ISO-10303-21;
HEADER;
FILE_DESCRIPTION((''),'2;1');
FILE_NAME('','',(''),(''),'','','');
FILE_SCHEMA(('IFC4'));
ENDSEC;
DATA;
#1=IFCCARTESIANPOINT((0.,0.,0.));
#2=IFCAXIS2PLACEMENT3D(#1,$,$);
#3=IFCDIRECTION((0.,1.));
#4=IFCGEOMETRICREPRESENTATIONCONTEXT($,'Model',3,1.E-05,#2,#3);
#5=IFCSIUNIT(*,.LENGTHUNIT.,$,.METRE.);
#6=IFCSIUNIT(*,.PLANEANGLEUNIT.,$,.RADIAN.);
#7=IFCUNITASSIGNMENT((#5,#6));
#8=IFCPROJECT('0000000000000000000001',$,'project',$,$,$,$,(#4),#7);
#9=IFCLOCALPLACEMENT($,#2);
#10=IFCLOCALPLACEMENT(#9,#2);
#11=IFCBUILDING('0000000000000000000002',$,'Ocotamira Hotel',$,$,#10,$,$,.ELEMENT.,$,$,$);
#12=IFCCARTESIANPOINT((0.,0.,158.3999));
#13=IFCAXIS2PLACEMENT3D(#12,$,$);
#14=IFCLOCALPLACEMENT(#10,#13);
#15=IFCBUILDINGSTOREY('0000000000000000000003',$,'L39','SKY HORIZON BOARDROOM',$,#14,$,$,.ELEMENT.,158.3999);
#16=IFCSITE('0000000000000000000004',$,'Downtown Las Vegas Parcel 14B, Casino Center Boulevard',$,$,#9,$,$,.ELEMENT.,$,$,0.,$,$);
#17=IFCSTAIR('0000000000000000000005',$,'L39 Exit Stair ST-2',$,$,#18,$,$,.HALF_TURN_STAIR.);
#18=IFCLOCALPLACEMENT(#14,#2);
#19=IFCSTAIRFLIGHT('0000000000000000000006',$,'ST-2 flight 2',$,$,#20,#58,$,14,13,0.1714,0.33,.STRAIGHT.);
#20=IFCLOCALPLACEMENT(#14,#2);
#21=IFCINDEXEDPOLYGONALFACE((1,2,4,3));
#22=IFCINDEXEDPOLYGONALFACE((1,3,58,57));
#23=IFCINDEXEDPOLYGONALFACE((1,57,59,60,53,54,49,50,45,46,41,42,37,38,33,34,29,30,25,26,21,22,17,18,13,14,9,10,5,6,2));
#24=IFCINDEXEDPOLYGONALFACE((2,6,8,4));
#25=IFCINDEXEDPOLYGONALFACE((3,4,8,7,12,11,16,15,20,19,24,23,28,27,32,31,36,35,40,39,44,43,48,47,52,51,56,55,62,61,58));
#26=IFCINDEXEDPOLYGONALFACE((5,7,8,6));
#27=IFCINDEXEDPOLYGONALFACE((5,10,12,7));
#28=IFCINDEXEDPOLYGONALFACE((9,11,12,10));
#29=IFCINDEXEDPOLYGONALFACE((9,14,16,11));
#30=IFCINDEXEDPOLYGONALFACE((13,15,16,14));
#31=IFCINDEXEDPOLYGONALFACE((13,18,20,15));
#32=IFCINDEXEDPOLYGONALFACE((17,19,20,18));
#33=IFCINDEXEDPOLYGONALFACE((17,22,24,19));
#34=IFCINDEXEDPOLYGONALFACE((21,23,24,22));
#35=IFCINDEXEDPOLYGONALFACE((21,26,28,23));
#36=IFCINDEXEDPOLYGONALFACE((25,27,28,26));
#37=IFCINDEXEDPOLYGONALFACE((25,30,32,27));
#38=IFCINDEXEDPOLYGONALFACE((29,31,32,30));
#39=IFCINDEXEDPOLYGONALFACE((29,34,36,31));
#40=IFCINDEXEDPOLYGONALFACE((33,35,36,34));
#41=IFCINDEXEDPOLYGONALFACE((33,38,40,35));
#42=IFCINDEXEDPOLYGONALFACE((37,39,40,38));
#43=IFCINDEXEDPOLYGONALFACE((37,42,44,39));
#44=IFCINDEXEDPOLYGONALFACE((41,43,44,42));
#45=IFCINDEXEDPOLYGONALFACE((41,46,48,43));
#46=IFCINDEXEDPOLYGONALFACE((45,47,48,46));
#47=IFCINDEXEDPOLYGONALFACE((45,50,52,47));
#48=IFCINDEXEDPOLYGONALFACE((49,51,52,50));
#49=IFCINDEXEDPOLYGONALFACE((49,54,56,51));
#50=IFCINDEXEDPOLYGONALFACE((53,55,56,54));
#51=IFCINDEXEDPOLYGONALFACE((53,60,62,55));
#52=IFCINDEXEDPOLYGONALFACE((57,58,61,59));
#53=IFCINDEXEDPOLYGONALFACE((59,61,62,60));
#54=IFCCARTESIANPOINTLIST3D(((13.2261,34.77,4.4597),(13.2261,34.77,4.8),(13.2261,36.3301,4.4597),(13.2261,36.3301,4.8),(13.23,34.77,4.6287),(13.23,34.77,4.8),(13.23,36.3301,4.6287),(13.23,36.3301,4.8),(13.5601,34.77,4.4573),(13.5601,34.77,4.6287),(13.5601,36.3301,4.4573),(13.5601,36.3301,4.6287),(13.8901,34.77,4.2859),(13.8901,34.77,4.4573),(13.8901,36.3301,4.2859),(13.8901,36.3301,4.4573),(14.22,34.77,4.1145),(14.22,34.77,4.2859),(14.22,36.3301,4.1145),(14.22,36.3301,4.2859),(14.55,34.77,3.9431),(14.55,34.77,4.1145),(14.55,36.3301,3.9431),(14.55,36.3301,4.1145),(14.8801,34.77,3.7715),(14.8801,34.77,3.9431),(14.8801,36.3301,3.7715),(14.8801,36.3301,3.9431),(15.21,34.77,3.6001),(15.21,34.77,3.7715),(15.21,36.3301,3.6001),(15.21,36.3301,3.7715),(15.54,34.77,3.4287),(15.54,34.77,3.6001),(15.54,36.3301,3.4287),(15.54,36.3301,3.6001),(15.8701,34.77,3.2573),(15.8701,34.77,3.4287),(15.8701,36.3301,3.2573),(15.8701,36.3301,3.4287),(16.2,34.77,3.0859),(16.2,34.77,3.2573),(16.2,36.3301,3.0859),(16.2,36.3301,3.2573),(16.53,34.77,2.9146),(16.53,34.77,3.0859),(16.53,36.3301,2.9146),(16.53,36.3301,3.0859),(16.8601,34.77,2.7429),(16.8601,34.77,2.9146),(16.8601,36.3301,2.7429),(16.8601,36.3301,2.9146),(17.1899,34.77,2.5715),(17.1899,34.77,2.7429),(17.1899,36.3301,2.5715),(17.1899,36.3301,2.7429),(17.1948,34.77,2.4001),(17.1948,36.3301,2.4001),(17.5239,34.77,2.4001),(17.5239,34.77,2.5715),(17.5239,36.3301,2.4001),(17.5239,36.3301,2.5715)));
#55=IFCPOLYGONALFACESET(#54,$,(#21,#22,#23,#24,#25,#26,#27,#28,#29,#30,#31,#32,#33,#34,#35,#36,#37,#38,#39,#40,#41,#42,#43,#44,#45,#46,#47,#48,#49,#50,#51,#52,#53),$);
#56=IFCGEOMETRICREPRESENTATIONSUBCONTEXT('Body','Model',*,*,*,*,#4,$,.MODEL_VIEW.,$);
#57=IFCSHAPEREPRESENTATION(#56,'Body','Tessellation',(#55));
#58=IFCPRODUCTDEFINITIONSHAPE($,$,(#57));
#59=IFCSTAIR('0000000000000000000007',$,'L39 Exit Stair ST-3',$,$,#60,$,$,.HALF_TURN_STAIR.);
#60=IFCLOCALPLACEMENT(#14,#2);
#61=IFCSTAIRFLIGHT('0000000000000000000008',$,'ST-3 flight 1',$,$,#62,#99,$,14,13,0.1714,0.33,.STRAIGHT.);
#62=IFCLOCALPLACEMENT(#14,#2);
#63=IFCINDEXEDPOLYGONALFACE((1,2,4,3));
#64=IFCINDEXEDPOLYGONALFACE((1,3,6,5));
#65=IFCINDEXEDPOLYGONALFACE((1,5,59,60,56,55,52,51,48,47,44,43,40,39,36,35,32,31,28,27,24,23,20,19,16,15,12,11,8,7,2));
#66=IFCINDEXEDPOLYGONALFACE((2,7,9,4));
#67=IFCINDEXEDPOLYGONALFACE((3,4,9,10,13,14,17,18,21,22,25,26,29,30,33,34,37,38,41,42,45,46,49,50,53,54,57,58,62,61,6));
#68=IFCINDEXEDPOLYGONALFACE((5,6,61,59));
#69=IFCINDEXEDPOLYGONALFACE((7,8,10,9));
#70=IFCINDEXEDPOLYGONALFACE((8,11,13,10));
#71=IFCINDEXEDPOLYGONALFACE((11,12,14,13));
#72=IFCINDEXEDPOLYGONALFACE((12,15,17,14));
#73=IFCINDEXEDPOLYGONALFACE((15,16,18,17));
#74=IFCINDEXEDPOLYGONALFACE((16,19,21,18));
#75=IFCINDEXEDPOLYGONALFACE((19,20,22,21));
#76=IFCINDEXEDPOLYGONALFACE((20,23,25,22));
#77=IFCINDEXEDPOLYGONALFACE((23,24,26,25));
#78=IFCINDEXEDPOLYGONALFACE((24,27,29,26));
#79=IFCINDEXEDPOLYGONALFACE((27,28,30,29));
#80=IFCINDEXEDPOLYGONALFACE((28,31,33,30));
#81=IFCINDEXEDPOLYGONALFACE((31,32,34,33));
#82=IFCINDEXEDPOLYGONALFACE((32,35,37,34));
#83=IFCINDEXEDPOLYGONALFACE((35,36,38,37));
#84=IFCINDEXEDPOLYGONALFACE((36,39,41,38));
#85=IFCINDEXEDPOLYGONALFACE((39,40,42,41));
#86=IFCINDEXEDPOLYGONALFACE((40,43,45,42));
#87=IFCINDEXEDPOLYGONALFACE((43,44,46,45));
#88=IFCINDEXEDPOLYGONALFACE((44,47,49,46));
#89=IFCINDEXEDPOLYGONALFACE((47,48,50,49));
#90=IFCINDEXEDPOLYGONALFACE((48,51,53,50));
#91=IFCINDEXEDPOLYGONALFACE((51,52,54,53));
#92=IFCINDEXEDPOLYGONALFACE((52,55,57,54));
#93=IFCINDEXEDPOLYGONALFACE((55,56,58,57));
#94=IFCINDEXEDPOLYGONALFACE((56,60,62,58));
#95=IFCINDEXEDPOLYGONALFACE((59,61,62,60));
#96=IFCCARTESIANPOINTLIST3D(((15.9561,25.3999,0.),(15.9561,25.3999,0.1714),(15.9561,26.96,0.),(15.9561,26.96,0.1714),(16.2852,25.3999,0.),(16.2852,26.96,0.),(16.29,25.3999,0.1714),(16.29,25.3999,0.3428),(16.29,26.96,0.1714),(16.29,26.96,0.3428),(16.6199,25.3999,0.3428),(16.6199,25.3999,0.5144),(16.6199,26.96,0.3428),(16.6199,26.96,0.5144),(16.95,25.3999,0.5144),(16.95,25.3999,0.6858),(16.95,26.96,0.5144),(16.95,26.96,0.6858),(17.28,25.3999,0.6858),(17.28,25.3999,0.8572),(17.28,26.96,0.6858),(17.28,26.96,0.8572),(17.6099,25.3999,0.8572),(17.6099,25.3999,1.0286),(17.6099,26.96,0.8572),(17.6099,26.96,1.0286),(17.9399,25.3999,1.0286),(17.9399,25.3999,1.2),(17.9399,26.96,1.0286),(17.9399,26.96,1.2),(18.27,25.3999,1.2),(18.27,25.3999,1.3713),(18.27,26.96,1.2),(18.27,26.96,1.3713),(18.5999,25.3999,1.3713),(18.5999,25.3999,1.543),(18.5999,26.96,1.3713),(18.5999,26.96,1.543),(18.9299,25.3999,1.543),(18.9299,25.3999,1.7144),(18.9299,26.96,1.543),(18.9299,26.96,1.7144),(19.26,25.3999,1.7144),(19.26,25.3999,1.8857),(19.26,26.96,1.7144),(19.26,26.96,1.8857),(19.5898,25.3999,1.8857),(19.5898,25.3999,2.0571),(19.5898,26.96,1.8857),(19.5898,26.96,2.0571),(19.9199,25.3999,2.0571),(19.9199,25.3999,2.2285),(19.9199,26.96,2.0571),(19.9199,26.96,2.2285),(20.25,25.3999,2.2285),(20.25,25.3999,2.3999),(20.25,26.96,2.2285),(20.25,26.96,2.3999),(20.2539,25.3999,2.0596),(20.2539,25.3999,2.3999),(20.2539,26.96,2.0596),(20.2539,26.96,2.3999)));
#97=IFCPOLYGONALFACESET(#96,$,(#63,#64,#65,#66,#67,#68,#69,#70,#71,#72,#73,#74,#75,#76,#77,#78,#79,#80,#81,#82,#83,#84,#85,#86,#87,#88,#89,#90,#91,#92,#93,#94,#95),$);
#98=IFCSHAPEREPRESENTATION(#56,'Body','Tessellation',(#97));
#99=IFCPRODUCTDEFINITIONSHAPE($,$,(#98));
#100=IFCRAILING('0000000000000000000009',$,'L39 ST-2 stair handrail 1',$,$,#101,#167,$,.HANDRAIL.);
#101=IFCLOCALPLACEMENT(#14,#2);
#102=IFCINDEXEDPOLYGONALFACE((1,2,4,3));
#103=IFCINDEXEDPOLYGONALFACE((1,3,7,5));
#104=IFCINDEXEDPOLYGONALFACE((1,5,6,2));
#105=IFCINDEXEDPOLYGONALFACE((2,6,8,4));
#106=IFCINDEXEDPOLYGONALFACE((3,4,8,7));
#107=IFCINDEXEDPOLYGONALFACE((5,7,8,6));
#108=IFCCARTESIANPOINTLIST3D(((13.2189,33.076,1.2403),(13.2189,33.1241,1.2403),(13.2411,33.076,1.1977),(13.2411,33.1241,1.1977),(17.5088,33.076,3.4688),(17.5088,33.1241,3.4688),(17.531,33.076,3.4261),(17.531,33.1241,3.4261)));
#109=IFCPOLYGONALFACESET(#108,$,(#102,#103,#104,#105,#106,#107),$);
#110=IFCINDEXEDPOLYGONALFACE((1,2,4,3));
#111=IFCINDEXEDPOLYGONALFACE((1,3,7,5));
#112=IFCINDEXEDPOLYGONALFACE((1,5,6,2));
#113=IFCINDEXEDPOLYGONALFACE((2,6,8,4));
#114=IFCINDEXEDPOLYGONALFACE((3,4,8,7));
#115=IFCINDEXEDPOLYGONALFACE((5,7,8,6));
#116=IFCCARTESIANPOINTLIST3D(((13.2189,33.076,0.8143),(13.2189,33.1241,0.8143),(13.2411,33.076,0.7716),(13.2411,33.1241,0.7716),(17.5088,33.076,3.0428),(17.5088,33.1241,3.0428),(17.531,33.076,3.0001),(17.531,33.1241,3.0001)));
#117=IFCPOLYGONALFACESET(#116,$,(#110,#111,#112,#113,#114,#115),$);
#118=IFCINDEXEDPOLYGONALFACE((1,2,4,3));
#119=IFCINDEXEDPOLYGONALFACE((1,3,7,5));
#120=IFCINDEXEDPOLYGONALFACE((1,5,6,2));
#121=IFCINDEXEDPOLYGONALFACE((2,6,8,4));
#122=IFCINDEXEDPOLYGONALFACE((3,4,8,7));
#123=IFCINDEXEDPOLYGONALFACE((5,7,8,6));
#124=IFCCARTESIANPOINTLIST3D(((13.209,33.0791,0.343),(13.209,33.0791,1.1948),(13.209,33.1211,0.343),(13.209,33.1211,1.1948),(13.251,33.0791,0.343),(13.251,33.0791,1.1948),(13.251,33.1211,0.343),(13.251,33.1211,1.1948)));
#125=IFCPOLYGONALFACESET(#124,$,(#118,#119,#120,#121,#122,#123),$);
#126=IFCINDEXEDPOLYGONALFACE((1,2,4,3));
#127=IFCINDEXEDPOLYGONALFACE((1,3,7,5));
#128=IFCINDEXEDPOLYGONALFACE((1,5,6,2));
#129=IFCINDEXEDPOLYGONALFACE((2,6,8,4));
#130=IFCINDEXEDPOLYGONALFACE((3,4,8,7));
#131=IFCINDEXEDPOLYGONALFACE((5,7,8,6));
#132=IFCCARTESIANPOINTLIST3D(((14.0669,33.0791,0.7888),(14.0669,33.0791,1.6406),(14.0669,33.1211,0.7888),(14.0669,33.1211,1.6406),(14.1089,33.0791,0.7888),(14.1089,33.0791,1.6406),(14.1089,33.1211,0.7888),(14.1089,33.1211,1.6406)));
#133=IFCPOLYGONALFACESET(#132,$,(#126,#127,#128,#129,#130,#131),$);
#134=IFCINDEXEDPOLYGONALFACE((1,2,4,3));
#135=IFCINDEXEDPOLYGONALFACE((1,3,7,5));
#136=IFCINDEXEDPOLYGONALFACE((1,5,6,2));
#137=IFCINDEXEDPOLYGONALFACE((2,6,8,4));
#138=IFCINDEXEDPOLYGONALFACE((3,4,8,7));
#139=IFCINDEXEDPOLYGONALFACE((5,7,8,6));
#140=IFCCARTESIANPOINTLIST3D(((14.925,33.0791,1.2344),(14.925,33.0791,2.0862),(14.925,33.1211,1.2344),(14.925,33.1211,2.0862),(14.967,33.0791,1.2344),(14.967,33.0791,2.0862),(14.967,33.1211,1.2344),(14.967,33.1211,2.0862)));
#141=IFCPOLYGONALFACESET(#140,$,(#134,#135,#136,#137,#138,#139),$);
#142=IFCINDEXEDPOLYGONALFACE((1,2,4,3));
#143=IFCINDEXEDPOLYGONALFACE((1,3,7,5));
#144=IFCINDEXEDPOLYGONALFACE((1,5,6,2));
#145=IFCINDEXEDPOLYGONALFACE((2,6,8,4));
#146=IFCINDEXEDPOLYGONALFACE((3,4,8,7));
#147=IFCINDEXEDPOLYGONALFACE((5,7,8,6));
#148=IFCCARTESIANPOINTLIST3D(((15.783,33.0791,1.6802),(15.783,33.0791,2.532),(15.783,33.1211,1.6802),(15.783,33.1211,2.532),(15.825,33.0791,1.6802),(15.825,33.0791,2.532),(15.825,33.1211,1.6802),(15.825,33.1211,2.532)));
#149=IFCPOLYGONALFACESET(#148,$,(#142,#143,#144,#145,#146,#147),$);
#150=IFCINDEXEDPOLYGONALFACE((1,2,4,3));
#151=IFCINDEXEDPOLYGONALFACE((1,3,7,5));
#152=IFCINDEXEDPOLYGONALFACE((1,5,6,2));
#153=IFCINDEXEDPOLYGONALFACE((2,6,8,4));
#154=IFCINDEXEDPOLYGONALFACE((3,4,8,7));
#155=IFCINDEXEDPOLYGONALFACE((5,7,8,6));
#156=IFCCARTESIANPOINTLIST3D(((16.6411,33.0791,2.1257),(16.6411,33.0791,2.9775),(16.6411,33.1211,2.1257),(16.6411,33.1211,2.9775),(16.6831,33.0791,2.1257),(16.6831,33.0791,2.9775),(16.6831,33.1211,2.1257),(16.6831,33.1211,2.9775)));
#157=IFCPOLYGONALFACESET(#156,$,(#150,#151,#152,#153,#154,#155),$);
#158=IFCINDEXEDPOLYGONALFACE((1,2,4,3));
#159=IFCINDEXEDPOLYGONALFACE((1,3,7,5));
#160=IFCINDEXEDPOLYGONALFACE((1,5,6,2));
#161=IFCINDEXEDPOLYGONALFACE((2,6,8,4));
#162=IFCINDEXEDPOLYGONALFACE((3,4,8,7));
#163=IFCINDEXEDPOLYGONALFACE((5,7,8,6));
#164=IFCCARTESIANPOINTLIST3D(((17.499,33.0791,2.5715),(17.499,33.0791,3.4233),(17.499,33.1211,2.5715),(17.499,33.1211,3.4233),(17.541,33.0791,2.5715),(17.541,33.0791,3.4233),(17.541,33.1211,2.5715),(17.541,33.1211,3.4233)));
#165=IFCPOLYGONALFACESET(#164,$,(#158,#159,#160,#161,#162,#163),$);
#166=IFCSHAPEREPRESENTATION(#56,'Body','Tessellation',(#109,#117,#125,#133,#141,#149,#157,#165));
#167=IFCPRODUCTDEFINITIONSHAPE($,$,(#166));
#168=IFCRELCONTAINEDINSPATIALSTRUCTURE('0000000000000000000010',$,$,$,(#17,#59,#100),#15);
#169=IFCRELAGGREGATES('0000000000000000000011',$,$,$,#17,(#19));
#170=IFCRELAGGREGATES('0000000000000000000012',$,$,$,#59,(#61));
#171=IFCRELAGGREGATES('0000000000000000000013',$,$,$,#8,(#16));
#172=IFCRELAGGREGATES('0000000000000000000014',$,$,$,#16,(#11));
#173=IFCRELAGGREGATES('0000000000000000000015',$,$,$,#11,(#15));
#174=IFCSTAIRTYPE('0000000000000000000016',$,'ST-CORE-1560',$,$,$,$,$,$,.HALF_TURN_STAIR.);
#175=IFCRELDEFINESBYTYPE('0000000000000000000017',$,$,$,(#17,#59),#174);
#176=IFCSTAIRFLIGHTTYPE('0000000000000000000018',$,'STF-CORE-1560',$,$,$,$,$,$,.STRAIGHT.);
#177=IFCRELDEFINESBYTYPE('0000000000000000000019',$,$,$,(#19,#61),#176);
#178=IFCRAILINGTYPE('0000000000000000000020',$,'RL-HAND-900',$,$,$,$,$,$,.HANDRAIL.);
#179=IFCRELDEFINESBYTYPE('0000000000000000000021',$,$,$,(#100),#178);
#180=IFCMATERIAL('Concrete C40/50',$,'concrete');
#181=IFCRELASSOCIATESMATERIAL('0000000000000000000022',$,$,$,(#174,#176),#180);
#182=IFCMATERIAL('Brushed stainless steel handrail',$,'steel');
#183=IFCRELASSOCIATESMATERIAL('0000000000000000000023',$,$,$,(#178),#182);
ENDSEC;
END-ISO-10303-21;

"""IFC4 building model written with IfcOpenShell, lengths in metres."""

from ifc_helpers import new_model, si_unit, direction, frame, origin, origin_2d, place, context, subcontext, project, spatial, polyline, rectangle, outline, extrude, source, transform, mapped, material, type_object, element, aggregate, save


model = new_model("IFC4")

# Units and contexts
model_context = context("Model", 3, precision=1e-05, world=origin(), true_north=direction((0.0, 1.0)))
body_context = subcontext(model_context, "Body", "Model", "MODEL_VIEW")
ifc_project = project(units=[si_unit("LENGTHUNIT", "METRE"), si_unit("PLANEANGLEUNIT", "RADIAN")], contexts=[model_context])

# Site, building, storey
site_placement = place(None, origin())
site = spatial("IfcSite", under=ifc_project, at=site_placement, Name="Downtown Las Vegas Parcel 14B, Casino Center Boulevard", CompositionType="ELEMENT", RefElevation=0.0)
building_placement = place(site_placement, origin())
building = spatial("IfcBuilding", under=site, at=building_placement, Name="Ocotamira Hotel", CompositionType="ELEMENT")
storey_placement = place(building_placement, frame((0.0, 0.0, 158.3999)))
storey = spatial("IfcBuildingStorey", under=building, at=storey_placement, Name="L39", Description="SKY HORIZON BOARDROOM", CompositionType="ELEMENT", Elevation=158.3999)

# Stair, stair flight
ifc_material_1 = material(Name="Concrete C40/50", Category="concrete")
stair_type = type_object("IfcStairType", Name="ST-CORE-1560", PredefinedType="HALF_TURN_STAIR", material=ifc_material_1)
stair_1_placement = place(storey_placement, origin())
stair_1 = element("IfcStair", 1, at=stair_1_placement, inside=storey, type_object=stair_type, Name="L39 Exit Stair ST-2", PredefinedType="HALF_TURN_STAIR")
stair_flight_type = type_object("IfcStairFlightType", Name="STF-CORE-1560", PredefinedType="STRAIGHT", material=ifc_material_1)
shared_shape_1 = source(origin(), body_context, "Body", "SweptSolid", [
    extrude(outline(polyline([(-0.0039, 0.0), (-0.0039, 0.1714), (0.3301, 0.1714), (0.3301, 0.3428), (0.6599, 0.3428), (0.6599, 0.5144), (0.99, 0.5144), (0.99, 0.6858), (1.3201, 0.6858), (1.3201, 0.8572), (1.6499, 0.8572), (1.6499, 1.0286), (1.98, 1.0286), (1.98, 1.2), (2.3101, 1.2), (2.3101, 1.3713), (2.6399, 1.3713), (2.6399, 1.543), (2.97, 1.543), (2.97, 1.7144), (3.3, 1.7144), (3.3, 1.8857), (3.6299, 1.8857), (3.6299, 2.0571), (3.96, 2.0571), (3.96, 2.2285), (4.29, 2.2285), (4.29, 2.3999), (4.2939, 2.3999), (4.2939, 2.0596), (0.3252, 0.0), (-0.0039, 0.0)])), frame((0.0, 0.78, 0.0), z_axis=(0.0, -1.0, 0.0), x_axis=(1.0, 0.0, 0.0)), (0.0, 0.0, 1.0), 1.5601),
])
stair_flight_1_placement = place(storey_placement, frame((17.52, 35.55, 2.4001), z_axis=(0.0, 0.0, 1.0), x_axis=(-1.0, 0.0, 0.0)))
stair_flight_1 = element("IfcStairFlight", 2, at=stair_flight_1_placement, type_object=stair_flight_type, Name="ST-2 flight 2", NumberOfRisers=14, NumberOfTreads=13, PredefinedType="STRAIGHT", RiserHeight=0.1714, TreadLength=0.33, context=body_context, shape_type="MappedRepresentation", body=[
    mapped(shared_shape_1, transform((0.0, 0.0, 0.0), scale=1.0)),
])
aggregate(stair_1, [stair_flight_1])

# Stair, stair flight
stair_2_placement = place(storey_placement, origin())
stair_2 = element("IfcStair", 3, at=stair_2_placement, inside=storey, type_object=stair_type, Name="L39 Exit Stair ST-3", PredefinedType="HALF_TURN_STAIR")
stair_flight_2_placement = place(storey_placement, frame((15.96, 26.1799, 0.0), z_axis=(0.0, 0.0, 1.0), x_axis=(1.0, 0.0, 0.0)))
stair_flight_2 = element("IfcStairFlight", 4, at=stair_flight_2_placement, type_object=stair_flight_type, Name="ST-3 flight 1", NumberOfRisers=14, NumberOfTreads=13, PredefinedType="STRAIGHT", RiserHeight=0.1714, TreadLength=0.33, context=body_context, shape_type="MappedRepresentation", body=[
    mapped(shared_shape_1, transform((0.0, 0.0, 0.0), scale=1.0)),
])
aggregate(stair_2, [stair_flight_2])

# Railing
ifc_material_2 = material(Name="Brushed stainless steel handrail", Category="steel")
railing_type_1 = type_object("IfcRailingType", Name="RL-HAND-900", PredefinedType="HANDRAIL", material=ifc_material_2)
railing_1_placement = place(storey_placement, frame((13.23, 33.1001, 0.343)))
element("IfcRailing", 5, at=railing_1_placement, inside=storey, type_object=railing_type_1, Name="L39 ST-2 stair handrail 1", PredefinedType="HANDRAIL", context=body_context, shape_type="SweptSolid", body=[
    extrude(rectangle(XDim=0.0481, YDim=0.0481, at=origin_2d()), frame((0.0, 0.0, 0.876), z_axis=(0.887412, 0.0, 0.460977), x_axis=(0.0, 1.0, 0.0)), (0.0, 0.0, 1.0), 4.8342),
    extrude(rectangle(XDim=0.0481, YDim=0.0481, at=origin_2d()), frame((0.0, 0.0, 0.45), z_axis=(0.887412, 0.0, 0.460977), x_axis=(0.0, 1.0, 0.0)), (0.0, 0.0, 1.0), 4.8342),
    extrude(rectangle(XDim=0.042, YDim=0.042, at=origin_2d()), origin(), (0.0, 0.0, 1.0), 0.8518),
    extrude(rectangle(XDim=0.042, YDim=0.042, at=origin_2d()), frame((0.8579, 0.0, 0.4458)), (0.0, 0.0, 1.0), 0.8518),
    extrude(rectangle(XDim=0.042, YDim=0.042, at=origin_2d()), frame((1.7161, 0.0, 0.8914)), (0.0, 0.0, 1.0), 0.8518),
    extrude(rectangle(XDim=0.042, YDim=0.042, at=origin_2d()), frame((2.574, 0.0, 1.3372)), (0.0, 0.0, 1.0), 0.8518),
    extrude(rectangle(XDim=0.042, YDim=0.042, at=origin_2d()), frame((3.4321, 0.0, 1.7827)), (0.0, 0.0, 1.0), 0.8518),
    extrude(rectangle(XDim=0.042, YDim=0.042, at=origin_2d()), frame((4.29, 0.0, 2.2285)), (0.0, 0.0, 1.0), 0.8518),
])

save(model, "model.ifc")
